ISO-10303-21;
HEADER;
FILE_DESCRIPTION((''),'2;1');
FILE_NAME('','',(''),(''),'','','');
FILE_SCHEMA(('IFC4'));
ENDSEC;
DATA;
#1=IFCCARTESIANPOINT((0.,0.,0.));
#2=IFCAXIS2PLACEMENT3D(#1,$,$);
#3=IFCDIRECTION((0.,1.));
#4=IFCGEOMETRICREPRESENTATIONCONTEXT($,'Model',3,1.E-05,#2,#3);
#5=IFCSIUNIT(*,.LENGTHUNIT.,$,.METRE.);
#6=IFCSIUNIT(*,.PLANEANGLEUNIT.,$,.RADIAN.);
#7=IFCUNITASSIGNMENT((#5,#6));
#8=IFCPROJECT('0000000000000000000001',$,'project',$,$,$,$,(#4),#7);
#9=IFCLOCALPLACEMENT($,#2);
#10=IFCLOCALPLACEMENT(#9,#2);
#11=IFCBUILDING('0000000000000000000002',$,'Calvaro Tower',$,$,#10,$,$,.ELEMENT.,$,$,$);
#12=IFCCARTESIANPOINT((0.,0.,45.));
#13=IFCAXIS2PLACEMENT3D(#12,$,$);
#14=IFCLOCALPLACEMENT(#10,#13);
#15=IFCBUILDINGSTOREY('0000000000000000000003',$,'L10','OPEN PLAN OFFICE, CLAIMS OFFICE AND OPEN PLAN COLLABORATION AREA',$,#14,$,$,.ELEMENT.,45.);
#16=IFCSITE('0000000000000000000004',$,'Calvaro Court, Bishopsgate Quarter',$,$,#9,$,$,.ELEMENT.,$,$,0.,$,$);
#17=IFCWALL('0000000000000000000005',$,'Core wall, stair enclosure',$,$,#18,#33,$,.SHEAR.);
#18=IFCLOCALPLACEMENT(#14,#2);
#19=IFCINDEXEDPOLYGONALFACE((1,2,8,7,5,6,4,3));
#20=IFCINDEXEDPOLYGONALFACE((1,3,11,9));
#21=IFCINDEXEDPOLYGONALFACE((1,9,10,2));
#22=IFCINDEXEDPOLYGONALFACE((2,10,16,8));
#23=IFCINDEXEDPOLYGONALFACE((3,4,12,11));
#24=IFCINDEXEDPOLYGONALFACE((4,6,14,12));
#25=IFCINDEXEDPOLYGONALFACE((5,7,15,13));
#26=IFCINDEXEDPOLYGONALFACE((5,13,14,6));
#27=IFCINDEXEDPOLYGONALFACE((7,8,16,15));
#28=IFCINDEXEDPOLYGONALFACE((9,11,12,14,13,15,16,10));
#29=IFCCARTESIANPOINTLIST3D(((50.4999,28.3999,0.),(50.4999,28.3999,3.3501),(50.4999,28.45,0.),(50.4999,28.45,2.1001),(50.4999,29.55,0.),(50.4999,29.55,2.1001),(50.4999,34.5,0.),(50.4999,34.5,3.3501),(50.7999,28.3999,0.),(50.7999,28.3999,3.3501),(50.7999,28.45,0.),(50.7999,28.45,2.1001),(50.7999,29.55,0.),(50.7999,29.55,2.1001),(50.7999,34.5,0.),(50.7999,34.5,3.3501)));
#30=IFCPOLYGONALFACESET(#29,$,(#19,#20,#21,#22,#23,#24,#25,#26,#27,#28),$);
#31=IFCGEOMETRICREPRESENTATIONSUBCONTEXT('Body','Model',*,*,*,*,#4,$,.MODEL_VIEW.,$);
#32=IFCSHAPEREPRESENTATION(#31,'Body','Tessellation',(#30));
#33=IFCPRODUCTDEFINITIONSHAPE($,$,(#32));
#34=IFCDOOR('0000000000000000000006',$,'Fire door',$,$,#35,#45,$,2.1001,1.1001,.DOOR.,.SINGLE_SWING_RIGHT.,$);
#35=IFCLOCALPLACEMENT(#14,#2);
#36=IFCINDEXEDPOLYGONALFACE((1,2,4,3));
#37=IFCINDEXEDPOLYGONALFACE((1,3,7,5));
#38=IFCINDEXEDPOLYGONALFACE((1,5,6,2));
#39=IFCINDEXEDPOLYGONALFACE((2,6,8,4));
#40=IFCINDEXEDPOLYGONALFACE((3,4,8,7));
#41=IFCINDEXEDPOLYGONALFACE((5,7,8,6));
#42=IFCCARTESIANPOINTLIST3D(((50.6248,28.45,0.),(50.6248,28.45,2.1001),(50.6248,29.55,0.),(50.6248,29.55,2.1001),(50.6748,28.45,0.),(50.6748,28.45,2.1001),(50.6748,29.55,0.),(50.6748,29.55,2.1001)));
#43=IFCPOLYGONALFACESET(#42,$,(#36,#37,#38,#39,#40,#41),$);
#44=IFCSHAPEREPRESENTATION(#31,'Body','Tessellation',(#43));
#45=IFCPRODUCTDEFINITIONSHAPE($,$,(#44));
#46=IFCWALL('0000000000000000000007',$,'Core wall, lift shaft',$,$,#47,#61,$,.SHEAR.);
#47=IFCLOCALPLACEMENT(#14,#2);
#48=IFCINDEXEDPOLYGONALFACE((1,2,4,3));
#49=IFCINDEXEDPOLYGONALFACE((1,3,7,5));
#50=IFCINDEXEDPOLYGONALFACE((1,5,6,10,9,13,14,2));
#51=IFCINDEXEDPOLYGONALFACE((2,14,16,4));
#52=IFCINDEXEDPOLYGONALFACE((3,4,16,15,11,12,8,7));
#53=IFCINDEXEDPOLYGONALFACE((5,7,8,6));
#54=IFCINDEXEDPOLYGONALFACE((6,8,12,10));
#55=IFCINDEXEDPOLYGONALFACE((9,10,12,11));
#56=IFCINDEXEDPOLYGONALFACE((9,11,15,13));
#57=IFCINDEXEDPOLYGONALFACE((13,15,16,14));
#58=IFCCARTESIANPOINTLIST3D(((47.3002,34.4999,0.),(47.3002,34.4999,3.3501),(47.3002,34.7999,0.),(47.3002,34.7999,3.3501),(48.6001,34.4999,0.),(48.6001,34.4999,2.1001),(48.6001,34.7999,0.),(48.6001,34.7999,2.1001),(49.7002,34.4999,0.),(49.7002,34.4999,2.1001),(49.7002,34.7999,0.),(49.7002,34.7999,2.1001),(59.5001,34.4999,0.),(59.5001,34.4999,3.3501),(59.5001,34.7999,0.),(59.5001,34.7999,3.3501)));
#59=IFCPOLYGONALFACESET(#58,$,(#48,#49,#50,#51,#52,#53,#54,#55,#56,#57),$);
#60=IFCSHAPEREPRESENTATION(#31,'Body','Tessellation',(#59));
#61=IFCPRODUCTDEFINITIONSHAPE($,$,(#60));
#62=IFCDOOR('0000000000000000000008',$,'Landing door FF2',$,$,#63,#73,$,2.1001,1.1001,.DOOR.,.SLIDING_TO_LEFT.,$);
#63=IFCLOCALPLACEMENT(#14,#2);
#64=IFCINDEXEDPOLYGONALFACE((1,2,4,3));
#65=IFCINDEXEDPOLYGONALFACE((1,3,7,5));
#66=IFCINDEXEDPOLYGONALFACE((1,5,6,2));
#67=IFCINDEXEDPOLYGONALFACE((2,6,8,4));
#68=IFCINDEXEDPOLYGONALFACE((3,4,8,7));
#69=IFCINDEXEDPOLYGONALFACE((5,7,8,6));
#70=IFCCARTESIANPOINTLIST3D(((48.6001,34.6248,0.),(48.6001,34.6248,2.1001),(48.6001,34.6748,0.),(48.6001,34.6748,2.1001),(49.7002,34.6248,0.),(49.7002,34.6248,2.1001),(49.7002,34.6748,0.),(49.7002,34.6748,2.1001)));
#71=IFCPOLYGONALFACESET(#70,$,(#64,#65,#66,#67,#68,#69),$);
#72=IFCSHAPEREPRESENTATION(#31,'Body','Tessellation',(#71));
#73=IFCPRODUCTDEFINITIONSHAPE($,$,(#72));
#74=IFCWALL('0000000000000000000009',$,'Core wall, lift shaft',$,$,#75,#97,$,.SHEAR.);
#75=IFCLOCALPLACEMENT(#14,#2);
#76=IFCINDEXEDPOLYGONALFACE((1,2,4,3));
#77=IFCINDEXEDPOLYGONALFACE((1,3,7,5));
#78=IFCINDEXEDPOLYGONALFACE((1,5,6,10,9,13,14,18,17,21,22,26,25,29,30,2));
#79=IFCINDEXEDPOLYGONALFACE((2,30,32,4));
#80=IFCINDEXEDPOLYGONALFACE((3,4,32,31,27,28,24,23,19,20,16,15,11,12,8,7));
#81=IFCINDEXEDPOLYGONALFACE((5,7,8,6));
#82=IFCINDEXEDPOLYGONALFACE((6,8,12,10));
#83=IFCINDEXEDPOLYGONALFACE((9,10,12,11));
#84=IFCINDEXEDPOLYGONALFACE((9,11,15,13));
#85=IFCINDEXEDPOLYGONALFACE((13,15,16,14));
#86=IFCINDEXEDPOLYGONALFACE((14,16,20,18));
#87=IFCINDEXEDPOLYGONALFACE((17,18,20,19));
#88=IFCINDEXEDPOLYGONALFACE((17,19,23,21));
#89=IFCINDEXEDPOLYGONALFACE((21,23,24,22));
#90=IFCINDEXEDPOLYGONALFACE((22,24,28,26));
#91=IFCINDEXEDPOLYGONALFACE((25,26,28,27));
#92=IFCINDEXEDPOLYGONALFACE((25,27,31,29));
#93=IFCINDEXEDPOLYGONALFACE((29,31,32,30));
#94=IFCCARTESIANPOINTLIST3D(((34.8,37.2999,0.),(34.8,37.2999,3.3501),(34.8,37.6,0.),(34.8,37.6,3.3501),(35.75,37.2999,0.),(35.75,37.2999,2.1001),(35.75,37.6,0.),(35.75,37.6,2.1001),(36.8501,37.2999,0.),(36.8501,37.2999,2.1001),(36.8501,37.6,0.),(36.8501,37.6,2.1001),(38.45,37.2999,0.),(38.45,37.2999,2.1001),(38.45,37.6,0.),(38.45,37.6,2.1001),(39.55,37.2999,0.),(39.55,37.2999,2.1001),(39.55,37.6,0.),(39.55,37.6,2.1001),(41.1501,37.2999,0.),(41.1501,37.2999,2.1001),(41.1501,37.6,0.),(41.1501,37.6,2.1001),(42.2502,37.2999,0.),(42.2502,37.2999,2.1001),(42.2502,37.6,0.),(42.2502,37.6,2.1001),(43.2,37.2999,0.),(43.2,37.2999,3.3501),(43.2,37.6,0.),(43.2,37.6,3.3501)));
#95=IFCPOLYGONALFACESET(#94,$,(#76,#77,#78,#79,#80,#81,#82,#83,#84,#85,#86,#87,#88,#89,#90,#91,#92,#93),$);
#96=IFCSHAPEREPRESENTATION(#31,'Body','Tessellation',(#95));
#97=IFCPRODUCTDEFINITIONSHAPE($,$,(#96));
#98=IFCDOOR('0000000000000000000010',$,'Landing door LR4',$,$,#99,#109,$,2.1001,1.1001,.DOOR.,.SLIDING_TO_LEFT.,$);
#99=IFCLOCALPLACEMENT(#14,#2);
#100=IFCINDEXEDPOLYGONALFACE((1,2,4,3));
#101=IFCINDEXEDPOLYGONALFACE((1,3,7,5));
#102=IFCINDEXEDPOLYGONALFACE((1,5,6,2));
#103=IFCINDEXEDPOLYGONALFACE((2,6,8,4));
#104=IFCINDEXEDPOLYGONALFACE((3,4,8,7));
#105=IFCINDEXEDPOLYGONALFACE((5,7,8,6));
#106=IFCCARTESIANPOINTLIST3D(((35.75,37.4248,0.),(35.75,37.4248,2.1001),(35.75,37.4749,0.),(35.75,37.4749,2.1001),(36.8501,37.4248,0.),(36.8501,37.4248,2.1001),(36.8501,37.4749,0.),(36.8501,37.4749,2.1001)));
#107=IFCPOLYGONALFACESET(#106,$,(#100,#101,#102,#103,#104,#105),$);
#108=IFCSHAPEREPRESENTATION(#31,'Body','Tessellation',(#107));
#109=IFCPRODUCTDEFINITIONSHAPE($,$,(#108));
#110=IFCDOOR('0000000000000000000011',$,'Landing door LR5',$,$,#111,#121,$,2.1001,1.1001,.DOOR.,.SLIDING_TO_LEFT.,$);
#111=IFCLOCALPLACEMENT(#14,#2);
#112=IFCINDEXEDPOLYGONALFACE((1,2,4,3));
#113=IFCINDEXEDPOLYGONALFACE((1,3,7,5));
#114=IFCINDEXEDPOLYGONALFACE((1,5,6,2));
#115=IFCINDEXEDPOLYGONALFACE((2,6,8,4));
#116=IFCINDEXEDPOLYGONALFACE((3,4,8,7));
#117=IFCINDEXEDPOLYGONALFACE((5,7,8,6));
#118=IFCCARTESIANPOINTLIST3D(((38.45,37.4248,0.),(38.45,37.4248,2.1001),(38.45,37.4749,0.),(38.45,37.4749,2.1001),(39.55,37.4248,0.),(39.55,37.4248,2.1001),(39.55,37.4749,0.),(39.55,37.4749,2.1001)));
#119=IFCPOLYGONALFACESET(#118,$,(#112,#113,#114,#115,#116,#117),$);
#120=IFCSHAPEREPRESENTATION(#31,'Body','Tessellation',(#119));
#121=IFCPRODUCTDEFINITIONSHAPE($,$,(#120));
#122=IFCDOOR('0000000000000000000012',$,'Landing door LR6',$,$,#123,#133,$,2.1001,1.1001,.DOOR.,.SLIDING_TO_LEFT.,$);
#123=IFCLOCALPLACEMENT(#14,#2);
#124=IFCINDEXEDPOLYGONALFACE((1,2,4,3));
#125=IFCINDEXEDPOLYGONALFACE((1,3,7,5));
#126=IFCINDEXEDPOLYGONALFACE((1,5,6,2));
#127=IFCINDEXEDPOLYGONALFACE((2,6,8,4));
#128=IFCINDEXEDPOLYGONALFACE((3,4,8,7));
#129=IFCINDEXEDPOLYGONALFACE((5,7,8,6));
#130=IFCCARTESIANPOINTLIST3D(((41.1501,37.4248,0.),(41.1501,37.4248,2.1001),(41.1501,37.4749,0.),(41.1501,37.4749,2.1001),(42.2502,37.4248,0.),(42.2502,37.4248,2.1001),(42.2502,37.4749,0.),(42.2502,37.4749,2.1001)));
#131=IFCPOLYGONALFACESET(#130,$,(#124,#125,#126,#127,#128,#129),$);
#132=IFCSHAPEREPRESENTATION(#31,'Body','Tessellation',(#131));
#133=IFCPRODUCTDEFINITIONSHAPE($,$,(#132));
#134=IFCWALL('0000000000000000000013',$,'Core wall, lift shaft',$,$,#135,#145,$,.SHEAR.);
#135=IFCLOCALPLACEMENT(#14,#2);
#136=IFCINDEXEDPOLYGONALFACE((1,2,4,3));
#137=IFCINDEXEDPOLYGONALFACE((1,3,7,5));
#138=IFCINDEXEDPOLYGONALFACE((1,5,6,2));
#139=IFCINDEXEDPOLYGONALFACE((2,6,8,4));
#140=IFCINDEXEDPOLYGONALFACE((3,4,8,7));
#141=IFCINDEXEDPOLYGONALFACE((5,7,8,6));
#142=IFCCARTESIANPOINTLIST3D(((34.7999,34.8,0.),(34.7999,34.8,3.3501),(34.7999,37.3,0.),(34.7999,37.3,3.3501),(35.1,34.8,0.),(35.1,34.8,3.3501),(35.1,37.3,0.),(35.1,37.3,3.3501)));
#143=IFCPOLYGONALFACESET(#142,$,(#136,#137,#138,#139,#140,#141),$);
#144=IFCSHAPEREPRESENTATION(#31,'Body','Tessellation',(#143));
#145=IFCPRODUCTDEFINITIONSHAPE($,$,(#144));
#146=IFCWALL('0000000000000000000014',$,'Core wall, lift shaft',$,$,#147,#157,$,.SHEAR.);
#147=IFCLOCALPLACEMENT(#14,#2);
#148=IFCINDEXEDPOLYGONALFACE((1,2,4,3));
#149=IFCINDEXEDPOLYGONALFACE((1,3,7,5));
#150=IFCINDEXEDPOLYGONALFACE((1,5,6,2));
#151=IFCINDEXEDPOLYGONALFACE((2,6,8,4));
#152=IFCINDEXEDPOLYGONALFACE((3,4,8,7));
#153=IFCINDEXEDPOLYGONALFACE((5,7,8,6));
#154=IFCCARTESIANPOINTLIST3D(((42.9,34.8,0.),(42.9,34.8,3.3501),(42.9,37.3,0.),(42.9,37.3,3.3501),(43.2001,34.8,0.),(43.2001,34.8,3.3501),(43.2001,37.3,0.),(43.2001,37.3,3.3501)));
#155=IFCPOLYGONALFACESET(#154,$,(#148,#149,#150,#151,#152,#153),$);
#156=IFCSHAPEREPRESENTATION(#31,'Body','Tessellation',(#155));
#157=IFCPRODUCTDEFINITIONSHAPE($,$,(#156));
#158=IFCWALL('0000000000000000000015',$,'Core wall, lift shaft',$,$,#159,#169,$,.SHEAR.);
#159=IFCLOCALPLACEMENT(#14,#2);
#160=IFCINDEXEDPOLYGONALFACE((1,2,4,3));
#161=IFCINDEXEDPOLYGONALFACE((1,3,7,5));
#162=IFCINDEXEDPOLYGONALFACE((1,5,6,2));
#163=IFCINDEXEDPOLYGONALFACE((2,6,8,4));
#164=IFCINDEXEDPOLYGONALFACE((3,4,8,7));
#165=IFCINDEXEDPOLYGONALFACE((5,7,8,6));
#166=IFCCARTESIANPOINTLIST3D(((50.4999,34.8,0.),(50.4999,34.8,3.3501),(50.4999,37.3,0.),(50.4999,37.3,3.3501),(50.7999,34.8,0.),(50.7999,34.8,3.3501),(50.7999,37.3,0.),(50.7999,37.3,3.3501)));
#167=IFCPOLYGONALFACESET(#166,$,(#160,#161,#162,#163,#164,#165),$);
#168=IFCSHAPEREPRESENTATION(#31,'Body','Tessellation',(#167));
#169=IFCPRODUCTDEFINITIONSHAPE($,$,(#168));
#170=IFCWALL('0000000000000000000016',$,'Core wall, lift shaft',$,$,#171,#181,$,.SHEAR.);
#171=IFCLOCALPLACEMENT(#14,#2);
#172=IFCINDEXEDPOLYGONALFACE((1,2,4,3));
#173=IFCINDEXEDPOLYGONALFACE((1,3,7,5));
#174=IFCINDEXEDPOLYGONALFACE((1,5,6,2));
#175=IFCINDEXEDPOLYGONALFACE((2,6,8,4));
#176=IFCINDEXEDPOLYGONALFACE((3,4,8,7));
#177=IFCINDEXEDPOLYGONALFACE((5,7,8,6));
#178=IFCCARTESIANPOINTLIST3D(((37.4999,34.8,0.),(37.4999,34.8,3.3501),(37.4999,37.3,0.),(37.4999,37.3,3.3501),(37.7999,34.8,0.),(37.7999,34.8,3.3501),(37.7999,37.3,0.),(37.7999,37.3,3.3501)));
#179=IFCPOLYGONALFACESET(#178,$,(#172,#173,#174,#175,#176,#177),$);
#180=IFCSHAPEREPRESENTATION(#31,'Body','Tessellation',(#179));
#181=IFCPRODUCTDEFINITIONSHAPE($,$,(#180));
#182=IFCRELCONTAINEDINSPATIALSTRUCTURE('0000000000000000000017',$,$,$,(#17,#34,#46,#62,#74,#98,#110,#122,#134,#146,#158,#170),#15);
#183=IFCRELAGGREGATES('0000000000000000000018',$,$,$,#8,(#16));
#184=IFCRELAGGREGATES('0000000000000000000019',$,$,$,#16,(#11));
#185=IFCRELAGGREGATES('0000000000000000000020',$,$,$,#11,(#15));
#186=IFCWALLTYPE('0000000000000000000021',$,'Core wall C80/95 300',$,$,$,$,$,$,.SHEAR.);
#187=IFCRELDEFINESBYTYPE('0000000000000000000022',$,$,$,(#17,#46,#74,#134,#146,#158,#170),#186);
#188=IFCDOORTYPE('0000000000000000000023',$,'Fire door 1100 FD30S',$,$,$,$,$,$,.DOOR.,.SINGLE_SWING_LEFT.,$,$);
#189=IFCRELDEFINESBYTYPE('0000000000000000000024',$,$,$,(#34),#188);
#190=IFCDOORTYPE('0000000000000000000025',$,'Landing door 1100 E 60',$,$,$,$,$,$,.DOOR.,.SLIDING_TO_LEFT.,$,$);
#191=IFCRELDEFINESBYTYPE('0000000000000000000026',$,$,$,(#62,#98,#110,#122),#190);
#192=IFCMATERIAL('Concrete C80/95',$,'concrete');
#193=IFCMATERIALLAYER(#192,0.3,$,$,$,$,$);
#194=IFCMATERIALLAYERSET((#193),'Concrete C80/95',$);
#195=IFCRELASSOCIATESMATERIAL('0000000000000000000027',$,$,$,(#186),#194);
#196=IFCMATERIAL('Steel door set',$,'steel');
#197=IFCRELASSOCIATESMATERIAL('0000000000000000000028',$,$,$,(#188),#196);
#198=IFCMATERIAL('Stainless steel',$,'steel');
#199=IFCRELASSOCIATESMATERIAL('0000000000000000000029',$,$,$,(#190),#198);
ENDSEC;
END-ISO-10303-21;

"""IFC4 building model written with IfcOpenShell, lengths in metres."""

from ifc_helpers import new_model, si_unit, direction, frame, frame_2d, origin, place, context, subcontext, project, spatial, rectangle, extrude, material, layer, layer_set, type_object, element, fill, save


model = new_model("IFC4")

# Units and contexts
model_context = context("Model", 3, precision=1e-05, world=origin(), true_north=direction((0.0, 1.0)))
body_context = subcontext(model_context, "Body", "Model", "MODEL_VIEW")
ifc_project = project(units=[si_unit("LENGTHUNIT", "METRE"), si_unit("PLANEANGLEUNIT", "RADIAN")], contexts=[model_context])

# Site, building, storey
site_placement = place(None, origin())
site = spatial("IfcSite", under=ifc_project, at=site_placement, Name="Calvaro Court, Bishopsgate Quarter", CompositionType="ELEMENT", RefElevation=0.0)
building_placement = place(site_placement, origin())
building = spatial("IfcBuilding", under=site, at=building_placement, Name="Calvaro Tower", CompositionType="ELEMENT")
storey_placement = place(building_placement, frame((0.0, 0.0, 45.0)))
storey = spatial("IfcBuildingStorey", under=building, at=storey_placement, Name="L10", Description="OPEN PLAN OFFICE, CLAIMS OFFICE AND OPEN PLAN COLLABORATION AREA", CompositionType="ELEMENT", Elevation=45.0)

# Walls, openings, doors
ifc_material_1 = material(Name="Concrete C80/95", Category="concrete")
ifc_layer_1 = layer(ifc_material_1, 0.3)
ifc_layer_set_1 = layer_set([ifc_layer_1], Name="Concrete C80/95")
wall_type_1 = type_object("IfcWallType", Name="Core wall C80/95 300", PredefinedType="SHEAR", material=ifc_layer_set_1)
wall_1_placement = place(storey_placement, frame((50.6499, 34.5, 0.0), z_axis=(0.0, 0.0, 1.0), x_axis=(0.0, -1.0, 0.0)))
wall_1 = element("IfcWall", 1, at=wall_1_placement, inside=storey, type_object=wall_type_1, Name="Core wall, stair enclosure", PredefinedType="SHEAR", context=body_context, shape_type="SweptSolid", body=[
    extrude(rectangle(XDim=6.1001, YDim=0.3, at=frame_2d((3.05, 0.0))), origin(), (0.0, 0.0, 1.0), 3.3501),
])
opening_1_placement = place(wall_1_placement, frame((4.95, 0.0, 0.0)))
opening_1 = element("IfcOpeningElement", 2, at=opening_1_placement, cuts=wall_1, PredefinedType="OPENING", context=body_context, shape_type="SweptSolid", body=[
    extrude(rectangle(XDim=1.1001, YDim=2.1001, at=frame_2d((0.55, 1.05))), frame((0.0, 0.1599, 0.0), z_axis=(0.0, -1.0, 0.0), x_axis=(1.0, 0.0, 0.0)), (0.0, 0.0, 1.0), 0.3201),
])
ifc_material_2 = material(Name="Steel door set", Category="steel")
door_type_1 = type_object("IfcDoorType", Name="Fire door 1100 FD30S", OperationType="SINGLE_SWING_LEFT", PredefinedType="DOOR", material=ifc_material_2)
door_1_placement = place(opening_1_placement, origin())
door_1 = element("IfcDoor", 3, at=door_1_placement, inside=storey, type_object=door_type_1, Name="Fire door", OperationType="SINGLE_SWING_RIGHT", OverallHeight=2.1001, OverallWidth=1.1001, PredefinedType="DOOR", context=body_context, shape_type="SweptSolid", body=[
    extrude(rectangle(XDim=1.1001, YDim=2.1001, at=frame_2d((0.55, 1.05))), frame((0.0, 0.0249, 0.0), z_axis=(0.0, -1.0, 0.0), x_axis=(1.0, 0.0, 0.0)), (0.0, 0.0, 1.0), 0.05),
])
fill(opening_1, door_1)
wall_2_placement = place(storey_placement, frame((47.3, 34.6499, 0.0), z_axis=(0.0, 0.0, 1.0), x_axis=(1.0, 0.0, 0.0)))
wall_2 = element("IfcWall", 4, at=wall_2_placement, inside=storey, type_object=wall_type_1, Name="Core wall, lift shaft", PredefinedType="SHEAR", context=body_context, shape_type="SweptSolid", body=[
    extrude(rectangle(XDim=12.2, YDim=0.3, at=frame_2d((6.1001, 0.0))), origin(), (0.0, 0.0, 1.0), 3.3501),
])
opening_2_placement = place(wall_2_placement, frame((1.3, 0.0, 0.0)))
opening_2 = element("IfcOpeningElement", 5, at=opening_2_placement, cuts=wall_2, PredefinedType="OPENING", context=body_context, shape_type="SweptSolid", body=[
    extrude(rectangle(XDim=1.1001, YDim=2.1001, at=frame_2d((0.55, 1.05))), frame((0.0, 0.1599, 0.0), z_axis=(0.0, -1.0, 0.0), x_axis=(1.0, 0.0, 0.0)), (0.0, 0.0, 1.0), 0.3201),
])
ifc_material_3 = material(Name="Stainless steel", Category="steel")
door_type_2 = type_object("IfcDoorType", Name="Landing door 1100 E 60", OperationType="SLIDING_TO_LEFT", PredefinedType="DOOR", material=ifc_material_3)
door_2_placement = place(opening_2_placement, origin())
door_2 = element("IfcDoor", 6, at=door_2_placement, inside=storey, type_object=door_type_2, Name="Landing door FF2", OperationType="SLIDING_TO_LEFT", OverallHeight=2.1001, OverallWidth=1.1001, PredefinedType="DOOR", context=body_context, shape_type="SweptSolid", body=[
    extrude(rectangle(XDim=1.1001, YDim=2.1001, at=frame_2d((0.55, 1.05))), frame((0.0, 0.0249, 0.0), z_axis=(0.0, -1.0, 0.0), x_axis=(1.0, 0.0, 0.0)), (0.0, 0.0, 1.0), 0.05),
])
fill(opening_2, door_2)

# Wall, openings, doors
wall_3_placement = place(storey_placement, frame((34.8, 37.45, 0.0), z_axis=(0.0, 0.0, 1.0), x_axis=(1.0, 0.0, 0.0)))
wall_3 = element("IfcWall", 7, at=wall_3_placement, inside=storey, type_object=wall_type_1, Name="Core wall, lift shaft", PredefinedType="SHEAR", context=body_context, shape_type="SweptSolid", body=[
    extrude(rectangle(XDim=8.3999, YDim=0.3, at=frame_2d((4.2, 0.0))), origin(), (0.0, 0.0, 1.0), 3.3501),
])
opening_3_placement = place(wall_3_placement, frame((0.95, 0.0, 0.0)))
opening_3 = element("IfcOpeningElement", 8, at=opening_3_placement, cuts=wall_3, PredefinedType="OPENING", context=body_context, shape_type="SweptSolid", body=[
    extrude(rectangle(XDim=1.1001, YDim=2.1001, at=frame_2d((0.55, 1.05))), frame((0.0, 0.1599, 0.0), z_axis=(0.0, -1.0, 0.0), x_axis=(1.0, 0.0, 0.0)), (0.0, 0.0, 1.0), 0.3201),
])
opening_4_placement = place(wall_3_placement, frame((3.6499, 0.0, 0.0)))
opening_4 = element("IfcOpeningElement", 9, at=opening_4_placement, cuts=wall_3, PredefinedType="OPENING", context=body_context, shape_type="SweptSolid", body=[
    extrude(rectangle(XDim=1.1001, YDim=2.1001, at=frame_2d((0.55, 1.05))), frame((0.0, 0.1599, 0.0), z_axis=(0.0, -1.0, 0.0), x_axis=(1.0, 0.0, 0.0)), (0.0, 0.0, 1.0), 0.3201),
])
opening_5_placement = place(wall_3_placement, frame((6.3501, 0.0, 0.0)))
opening_5 = element("IfcOpeningElement", 10, at=opening_5_placement, cuts=wall_3, PredefinedType="OPENING", context=body_context, shape_type="SweptSolid", body=[
    extrude(rectangle(XDim=1.1001, YDim=2.1001, at=frame_2d((0.55, 1.05))), frame((0.0, 0.1599, 0.0), z_axis=(0.0, -1.0, 0.0), x_axis=(1.0, 0.0, 0.0)), (0.0, 0.0, 1.0), 0.3201),
])
door_3_placement = place(opening_3_placement, origin())
door_3 = element("IfcDoor", 11, at=door_3_placement, inside=storey, type_object=door_type_2, Name="Landing door LR4", OperationType="SLIDING_TO_LEFT", OverallHeight=2.1001, OverallWidth=1.1001, PredefinedType="DOOR", context=body_context, shape_type="SweptSolid", body=[
    extrude(rectangle(XDim=1.1001, YDim=2.1001, at=frame_2d((0.55, 1.05))), frame((0.0, 0.0249, 0.0), z_axis=(0.0, -1.0, 0.0), x_axis=(1.0, 0.0, 0.0)), (0.0, 0.0, 1.0), 0.05),
])
fill(opening_3, door_3)
door_4_placement = place(opening_4_placement, origin())
door_4 = element("IfcDoor", 12, at=door_4_placement, inside=storey, type_object=door_type_2, Name="Landing door LR5", OperationType="SLIDING_TO_LEFT", OverallHeight=2.1001, OverallWidth=1.1001, PredefinedType="DOOR", context=body_context, shape_type="SweptSolid", body=[
    extrude(rectangle(XDim=1.1001, YDim=2.1001, at=frame_2d((0.55, 1.05))), frame((0.0, 0.0249, 0.0), z_axis=(0.0, -1.0, 0.0), x_axis=(1.0, 0.0, 0.0)), (0.0, 0.0, 1.0), 0.05),
])
fill(opening_4, door_4)
door_5_placement = place(opening_5_placement, origin())
door_5 = element("IfcDoor", 13, at=door_5_placement, inside=storey, type_object=door_type_2, Name="Landing door LR6", OperationType="SLIDING_TO_LEFT", OverallHeight=2.1001, OverallWidth=1.1001, PredefinedType="DOOR", context=body_context, shape_type="SweptSolid", body=[
    extrude(rectangle(XDim=1.1001, YDim=2.1001, at=frame_2d((0.55, 1.05))), frame((0.0, 0.0249, 0.0), z_axis=(0.0, -1.0, 0.0), x_axis=(1.0, 0.0, 0.0)), (0.0, 0.0, 1.0), 0.05),
])
fill(opening_5, door_5)

# Walls
for number, where, z_axis, x_axis, name in (
    (14, (34.95, 34.8, 0.0), (0.0, 0.0, 1.0), (0.0, 1.0, 0.0), "Core wall, lift shaft"),
    (15, (43.05, 34.8, 0.0), (0.0, 0.0, 1.0), (0.0, 1.0, 0.0), "Core wall, lift shaft"),
    (16, (50.6499, 34.8, 0.0), (0.0, 0.0, 1.0), (0.0, 1.0, 0.0), "Core wall, lift shaft"),
    (17, (37.6499, 34.8, 0.0), (0.0, 0.0, 1.0), (0.0, 1.0, 0.0), "Core wall, lift shaft"),
):
    element("IfcWall", number, at=place(storey_placement, frame(where, z_axis=z_axis, x_axis=x_axis)), inside=storey, type_object=wall_type_1, Name=name, PredefinedType="SHEAR", context=body_context, shape_type="SweptSolid", body=[
        extrude(rectangle(XDim=2.5, YDim=0.3, at=frame_2d((1.25, 0.0))), origin(), (0.0, 0.0, 1.0), 3.3501),
    ])

save(model, "model.ifc")
